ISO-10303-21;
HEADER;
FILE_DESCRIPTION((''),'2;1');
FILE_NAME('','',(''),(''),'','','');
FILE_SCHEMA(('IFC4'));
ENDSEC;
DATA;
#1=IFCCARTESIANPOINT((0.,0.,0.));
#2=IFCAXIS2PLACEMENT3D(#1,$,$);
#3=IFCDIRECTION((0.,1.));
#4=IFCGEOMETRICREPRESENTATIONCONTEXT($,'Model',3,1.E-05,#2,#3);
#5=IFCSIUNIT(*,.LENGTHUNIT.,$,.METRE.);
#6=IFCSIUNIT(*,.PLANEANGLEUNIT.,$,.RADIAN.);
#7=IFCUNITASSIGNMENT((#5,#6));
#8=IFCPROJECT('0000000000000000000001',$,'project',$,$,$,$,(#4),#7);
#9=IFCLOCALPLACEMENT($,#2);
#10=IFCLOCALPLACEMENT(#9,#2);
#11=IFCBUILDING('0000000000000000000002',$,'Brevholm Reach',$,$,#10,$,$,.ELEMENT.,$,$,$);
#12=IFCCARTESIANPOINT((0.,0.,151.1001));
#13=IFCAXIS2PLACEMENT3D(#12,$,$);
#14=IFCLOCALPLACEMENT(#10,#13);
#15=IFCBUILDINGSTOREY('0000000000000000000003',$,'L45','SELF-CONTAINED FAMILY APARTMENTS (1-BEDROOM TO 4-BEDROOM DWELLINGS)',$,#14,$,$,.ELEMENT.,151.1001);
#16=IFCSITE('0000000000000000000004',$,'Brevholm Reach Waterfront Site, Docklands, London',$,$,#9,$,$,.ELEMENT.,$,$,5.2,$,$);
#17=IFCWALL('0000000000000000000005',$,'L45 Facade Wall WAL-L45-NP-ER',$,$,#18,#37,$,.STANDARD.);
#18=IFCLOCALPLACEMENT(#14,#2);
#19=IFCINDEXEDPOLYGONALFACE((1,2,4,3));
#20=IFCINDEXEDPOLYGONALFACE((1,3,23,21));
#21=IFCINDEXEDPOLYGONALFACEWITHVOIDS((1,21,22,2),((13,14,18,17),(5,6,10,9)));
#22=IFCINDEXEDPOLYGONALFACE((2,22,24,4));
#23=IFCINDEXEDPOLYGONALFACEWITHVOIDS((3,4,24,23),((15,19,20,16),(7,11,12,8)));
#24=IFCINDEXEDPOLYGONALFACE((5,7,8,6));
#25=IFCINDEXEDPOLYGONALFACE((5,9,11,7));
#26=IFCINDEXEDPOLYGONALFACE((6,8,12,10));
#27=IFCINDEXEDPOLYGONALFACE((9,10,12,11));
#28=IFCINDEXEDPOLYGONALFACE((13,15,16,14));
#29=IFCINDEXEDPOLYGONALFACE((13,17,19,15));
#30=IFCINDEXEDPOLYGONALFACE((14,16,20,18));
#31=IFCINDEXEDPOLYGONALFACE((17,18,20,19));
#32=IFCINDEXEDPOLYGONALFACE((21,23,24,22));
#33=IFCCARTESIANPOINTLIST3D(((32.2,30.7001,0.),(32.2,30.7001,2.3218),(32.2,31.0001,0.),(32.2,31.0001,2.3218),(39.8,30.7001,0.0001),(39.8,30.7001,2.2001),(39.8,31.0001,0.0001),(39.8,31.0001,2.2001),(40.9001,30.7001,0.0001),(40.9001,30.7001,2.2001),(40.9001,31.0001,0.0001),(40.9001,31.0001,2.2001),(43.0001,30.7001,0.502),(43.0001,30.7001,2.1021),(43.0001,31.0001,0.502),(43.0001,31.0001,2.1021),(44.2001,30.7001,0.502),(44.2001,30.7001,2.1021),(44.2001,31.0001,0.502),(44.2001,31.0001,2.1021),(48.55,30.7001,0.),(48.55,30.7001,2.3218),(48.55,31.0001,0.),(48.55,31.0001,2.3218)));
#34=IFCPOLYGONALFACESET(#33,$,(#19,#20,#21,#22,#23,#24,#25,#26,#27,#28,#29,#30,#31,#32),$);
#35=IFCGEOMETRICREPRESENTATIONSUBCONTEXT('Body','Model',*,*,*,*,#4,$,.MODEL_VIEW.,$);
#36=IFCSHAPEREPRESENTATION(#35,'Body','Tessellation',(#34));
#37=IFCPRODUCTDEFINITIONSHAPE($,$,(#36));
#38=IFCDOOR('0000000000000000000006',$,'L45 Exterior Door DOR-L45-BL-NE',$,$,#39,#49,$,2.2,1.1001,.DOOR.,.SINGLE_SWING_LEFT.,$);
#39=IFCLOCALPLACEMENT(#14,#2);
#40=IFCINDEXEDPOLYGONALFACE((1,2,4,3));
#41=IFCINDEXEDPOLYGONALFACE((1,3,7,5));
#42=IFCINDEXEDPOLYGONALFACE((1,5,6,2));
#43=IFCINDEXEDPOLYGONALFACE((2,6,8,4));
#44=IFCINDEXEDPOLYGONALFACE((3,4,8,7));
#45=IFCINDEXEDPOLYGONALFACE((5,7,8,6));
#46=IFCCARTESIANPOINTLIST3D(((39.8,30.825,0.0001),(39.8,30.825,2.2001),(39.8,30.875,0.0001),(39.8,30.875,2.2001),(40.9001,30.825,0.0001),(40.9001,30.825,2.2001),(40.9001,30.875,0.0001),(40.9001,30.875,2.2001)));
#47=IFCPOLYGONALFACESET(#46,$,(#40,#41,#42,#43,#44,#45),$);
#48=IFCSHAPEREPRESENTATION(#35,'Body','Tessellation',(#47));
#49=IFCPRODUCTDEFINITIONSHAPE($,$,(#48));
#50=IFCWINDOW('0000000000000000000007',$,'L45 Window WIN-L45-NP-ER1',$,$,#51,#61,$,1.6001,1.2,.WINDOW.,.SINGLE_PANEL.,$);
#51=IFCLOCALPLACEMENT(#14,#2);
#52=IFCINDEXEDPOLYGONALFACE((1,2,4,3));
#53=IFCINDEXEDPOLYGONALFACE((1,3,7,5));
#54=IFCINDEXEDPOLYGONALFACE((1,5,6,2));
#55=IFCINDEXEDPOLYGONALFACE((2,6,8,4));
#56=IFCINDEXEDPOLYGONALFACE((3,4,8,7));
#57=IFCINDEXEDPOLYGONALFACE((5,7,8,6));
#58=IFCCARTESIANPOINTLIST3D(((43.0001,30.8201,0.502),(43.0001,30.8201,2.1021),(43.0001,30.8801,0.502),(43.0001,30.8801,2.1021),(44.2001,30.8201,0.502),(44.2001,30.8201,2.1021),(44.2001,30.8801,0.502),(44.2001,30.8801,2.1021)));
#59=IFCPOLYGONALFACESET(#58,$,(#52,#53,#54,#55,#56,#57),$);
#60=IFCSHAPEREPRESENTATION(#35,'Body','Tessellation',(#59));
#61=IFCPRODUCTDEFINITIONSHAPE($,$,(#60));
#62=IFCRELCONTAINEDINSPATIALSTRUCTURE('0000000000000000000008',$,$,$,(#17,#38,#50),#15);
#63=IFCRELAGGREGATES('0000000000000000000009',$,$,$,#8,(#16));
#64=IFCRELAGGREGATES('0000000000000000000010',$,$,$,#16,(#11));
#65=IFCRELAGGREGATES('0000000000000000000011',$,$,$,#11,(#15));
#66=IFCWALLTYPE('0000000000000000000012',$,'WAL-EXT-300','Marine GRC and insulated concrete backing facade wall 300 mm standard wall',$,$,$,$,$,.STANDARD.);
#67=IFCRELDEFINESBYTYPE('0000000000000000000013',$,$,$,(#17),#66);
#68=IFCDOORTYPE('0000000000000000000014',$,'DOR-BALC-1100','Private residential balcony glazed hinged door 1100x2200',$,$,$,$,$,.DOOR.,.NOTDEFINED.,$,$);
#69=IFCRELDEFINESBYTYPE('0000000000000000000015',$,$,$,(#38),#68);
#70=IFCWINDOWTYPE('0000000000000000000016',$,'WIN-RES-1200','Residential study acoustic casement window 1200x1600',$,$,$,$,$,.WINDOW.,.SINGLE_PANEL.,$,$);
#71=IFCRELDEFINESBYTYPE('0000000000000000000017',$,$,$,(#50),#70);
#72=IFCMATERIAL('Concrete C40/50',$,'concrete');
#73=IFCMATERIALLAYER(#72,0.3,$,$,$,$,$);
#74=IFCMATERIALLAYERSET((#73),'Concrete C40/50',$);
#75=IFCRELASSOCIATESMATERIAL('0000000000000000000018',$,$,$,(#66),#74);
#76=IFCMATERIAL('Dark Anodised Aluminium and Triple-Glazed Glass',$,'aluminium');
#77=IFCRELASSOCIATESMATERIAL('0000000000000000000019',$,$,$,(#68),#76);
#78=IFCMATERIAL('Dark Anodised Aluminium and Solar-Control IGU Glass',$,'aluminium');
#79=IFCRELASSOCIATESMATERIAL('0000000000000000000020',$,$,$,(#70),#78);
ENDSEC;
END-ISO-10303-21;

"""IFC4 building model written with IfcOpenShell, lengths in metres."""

from ifc_helpers import new_model, si_unit, direction, frame, frame_2d, origin, place, context, subcontext, project, spatial, rectangle, extrude, material, layer, layer_set, type_object, element, fill, save


model = new_model("IFC4")

# Units and contexts
model_context = context("Model", 3, precision=1e-05, world=origin(), true_north=direction((0.0, 1.0)))
body_context = subcontext(model_context, "Body", "Model", "MODEL_VIEW")
ifc_project = project(units=[si_unit("LENGTHUNIT", "METRE"), si_unit("PLANEANGLEUNIT", "RADIAN")], contexts=[model_context])

# Site, building, storey
site_placement = place(None, origin())
site = spatial("IfcSite", under=ifc_project, at=site_placement, Name="Brevholm Reach Waterfront Site, Docklands, London", CompositionType="ELEMENT", RefElevation=5.2)
building_placement = place(site_placement, origin())
building = spatial("IfcBuilding", under=site, at=building_placement, Name="Brevholm Reach", CompositionType="ELEMENT")
storey_placement = place(building_placement, frame((0.0, 0.0, 151.1001)))
storey = spatial("IfcBuildingStorey", under=building, at=storey_placement, Name="L45", Description="SELF-CONTAINED FAMILY APARTMENTS (1-BEDROOM TO 4-BEDROOM DWELLINGS)", CompositionType="ELEMENT", Elevation=151.1001)

# Wall, openings, door, window
ifc_material_1 = material(Name="Concrete C40/50", Category="concrete")
ifc_layer_1 = layer(ifc_material_1, 0.3)
ifc_layer_set_1 = layer_set([ifc_layer_1], Name="Concrete C40/50")
wall_type = type_object("IfcWallType", Name="WAL-EXT-300", Description="Marine GRC and insulated concrete backing facade wall 300 mm standard wall", PredefinedType="STANDARD", material=ifc_layer_set_1)
wall_placement = place(storey_placement, frame((32.2, 30.8501, 0.0), z_axis=(0.0, 0.0, 1.0), x_axis=(1.0, 0.0, 0.0)))
wall = element("IfcWall", 1, at=wall_placement, inside=storey, type_object=wall_type, Name="L45 Facade Wall WAL-L45-NP-ER", PredefinedType="STANDARD", context=body_context, shape_type="SweptSolid", body=[
    extrude(rectangle(XDim=16.3501, YDim=0.3, at=frame_2d((8.175, 0.0))), origin(), (0.0, 0.0, 1.0), 2.3218),
])
opening_1_placement = place(wall_placement, frame((7.6001, 0.0, 0.0)))
opening_1 = element("IfcOpeningElement", 2, at=opening_1_placement, cuts=wall, PredefinedType="OPENING", context=body_context, shape_type="SweptSolid", body=[
    extrude(rectangle(XDim=1.1001, YDim=2.2, at=frame_2d((0.55, 1.1001))), frame((0.0, 0.1599, 0.0), z_axis=(0.0, -1.0, 0.0), x_axis=(1.0, 0.0, 0.0)), (0.0, 0.0, 1.0), 0.3201),
])
opening_2_placement = place(wall_placement, frame((10.8, 0.0, 0.502)))
opening_2 = element("IfcOpeningElement", 3, at=opening_2_placement, cuts=wall, PredefinedType="OPENING", context=body_context, shape_type="SweptSolid", body=[
    extrude(rectangle(XDim=1.2, YDim=1.6001, at=frame_2d((0.6001, 0.8))), frame((0.0, 0.1599, 0.0), z_axis=(0.0, -1.0, 0.0), x_axis=(1.0, 0.0, 0.0)), (0.0, 0.0, 1.0), 0.3201),
])
ifc_material_2 = material(Name="Dark Anodised Aluminium and Triple-Glazed Glass", Category="aluminium")
door_type = type_object("IfcDoorType", Name="DOR-BALC-1100", Description="Private residential balcony glazed hinged door 1100x2200", OperationType="NOTDEFINED", PredefinedType="DOOR", material=ifc_material_2)
door_placement = place(opening_1_placement, origin())
door = element("IfcDoor", 4, at=door_placement, inside=storey, type_object=door_type, Name="L45 Exterior Door DOR-L45-BL-NE", OperationType="SINGLE_SWING_LEFT", OverallHeight=2.2, OverallWidth=1.1001, PredefinedType="DOOR", context=body_context, shape_type="SweptSolid", body=[
    extrude(rectangle(XDim=1.1001, YDim=2.2, at=frame_2d((0.55, 1.1001))), frame((0.0, 0.0249, 0.0), z_axis=(0.0, -1.0, 0.0), x_axis=(1.0, 0.0, 0.0)), (0.0, 0.0, 1.0), 0.05),
])
fill(opening_1, door)
ifc_material_3 = material(Name="Dark Anodised Aluminium and Solar-Control IGU Glass", Category="aluminium")
window_type = type_object("IfcWindowType", Name="WIN-RES-1200", Description="Residential study acoustic casement window 1200x1600", PartitioningType="SINGLE_PANEL", PredefinedType="WINDOW", material=ifc_material_3)
window_placement = place(opening_2_placement, origin())
window = element("IfcWindow", 5, at=window_placement, inside=storey, type_object=window_type, Name="L45 Window WIN-L45-NP-ER1", OverallHeight=1.6001, OverallWidth=1.2, PartitioningType="SINGLE_PANEL", PredefinedType="WINDOW", context=body_context, shape_type="SweptSolid", body=[
    extrude(rectangle(XDim=1.2, YDim=1.6001, at=frame_2d((0.6001, 0.8))), frame((0.0, 0.03, 0.0), z_axis=(0.0, -1.0, 0.0), x_axis=(1.0, 0.0, 0.0)), (0.0, 0.0, 1.0), 0.0601),
])
fill(opening_2, window)

save(model, "model.ifc")
